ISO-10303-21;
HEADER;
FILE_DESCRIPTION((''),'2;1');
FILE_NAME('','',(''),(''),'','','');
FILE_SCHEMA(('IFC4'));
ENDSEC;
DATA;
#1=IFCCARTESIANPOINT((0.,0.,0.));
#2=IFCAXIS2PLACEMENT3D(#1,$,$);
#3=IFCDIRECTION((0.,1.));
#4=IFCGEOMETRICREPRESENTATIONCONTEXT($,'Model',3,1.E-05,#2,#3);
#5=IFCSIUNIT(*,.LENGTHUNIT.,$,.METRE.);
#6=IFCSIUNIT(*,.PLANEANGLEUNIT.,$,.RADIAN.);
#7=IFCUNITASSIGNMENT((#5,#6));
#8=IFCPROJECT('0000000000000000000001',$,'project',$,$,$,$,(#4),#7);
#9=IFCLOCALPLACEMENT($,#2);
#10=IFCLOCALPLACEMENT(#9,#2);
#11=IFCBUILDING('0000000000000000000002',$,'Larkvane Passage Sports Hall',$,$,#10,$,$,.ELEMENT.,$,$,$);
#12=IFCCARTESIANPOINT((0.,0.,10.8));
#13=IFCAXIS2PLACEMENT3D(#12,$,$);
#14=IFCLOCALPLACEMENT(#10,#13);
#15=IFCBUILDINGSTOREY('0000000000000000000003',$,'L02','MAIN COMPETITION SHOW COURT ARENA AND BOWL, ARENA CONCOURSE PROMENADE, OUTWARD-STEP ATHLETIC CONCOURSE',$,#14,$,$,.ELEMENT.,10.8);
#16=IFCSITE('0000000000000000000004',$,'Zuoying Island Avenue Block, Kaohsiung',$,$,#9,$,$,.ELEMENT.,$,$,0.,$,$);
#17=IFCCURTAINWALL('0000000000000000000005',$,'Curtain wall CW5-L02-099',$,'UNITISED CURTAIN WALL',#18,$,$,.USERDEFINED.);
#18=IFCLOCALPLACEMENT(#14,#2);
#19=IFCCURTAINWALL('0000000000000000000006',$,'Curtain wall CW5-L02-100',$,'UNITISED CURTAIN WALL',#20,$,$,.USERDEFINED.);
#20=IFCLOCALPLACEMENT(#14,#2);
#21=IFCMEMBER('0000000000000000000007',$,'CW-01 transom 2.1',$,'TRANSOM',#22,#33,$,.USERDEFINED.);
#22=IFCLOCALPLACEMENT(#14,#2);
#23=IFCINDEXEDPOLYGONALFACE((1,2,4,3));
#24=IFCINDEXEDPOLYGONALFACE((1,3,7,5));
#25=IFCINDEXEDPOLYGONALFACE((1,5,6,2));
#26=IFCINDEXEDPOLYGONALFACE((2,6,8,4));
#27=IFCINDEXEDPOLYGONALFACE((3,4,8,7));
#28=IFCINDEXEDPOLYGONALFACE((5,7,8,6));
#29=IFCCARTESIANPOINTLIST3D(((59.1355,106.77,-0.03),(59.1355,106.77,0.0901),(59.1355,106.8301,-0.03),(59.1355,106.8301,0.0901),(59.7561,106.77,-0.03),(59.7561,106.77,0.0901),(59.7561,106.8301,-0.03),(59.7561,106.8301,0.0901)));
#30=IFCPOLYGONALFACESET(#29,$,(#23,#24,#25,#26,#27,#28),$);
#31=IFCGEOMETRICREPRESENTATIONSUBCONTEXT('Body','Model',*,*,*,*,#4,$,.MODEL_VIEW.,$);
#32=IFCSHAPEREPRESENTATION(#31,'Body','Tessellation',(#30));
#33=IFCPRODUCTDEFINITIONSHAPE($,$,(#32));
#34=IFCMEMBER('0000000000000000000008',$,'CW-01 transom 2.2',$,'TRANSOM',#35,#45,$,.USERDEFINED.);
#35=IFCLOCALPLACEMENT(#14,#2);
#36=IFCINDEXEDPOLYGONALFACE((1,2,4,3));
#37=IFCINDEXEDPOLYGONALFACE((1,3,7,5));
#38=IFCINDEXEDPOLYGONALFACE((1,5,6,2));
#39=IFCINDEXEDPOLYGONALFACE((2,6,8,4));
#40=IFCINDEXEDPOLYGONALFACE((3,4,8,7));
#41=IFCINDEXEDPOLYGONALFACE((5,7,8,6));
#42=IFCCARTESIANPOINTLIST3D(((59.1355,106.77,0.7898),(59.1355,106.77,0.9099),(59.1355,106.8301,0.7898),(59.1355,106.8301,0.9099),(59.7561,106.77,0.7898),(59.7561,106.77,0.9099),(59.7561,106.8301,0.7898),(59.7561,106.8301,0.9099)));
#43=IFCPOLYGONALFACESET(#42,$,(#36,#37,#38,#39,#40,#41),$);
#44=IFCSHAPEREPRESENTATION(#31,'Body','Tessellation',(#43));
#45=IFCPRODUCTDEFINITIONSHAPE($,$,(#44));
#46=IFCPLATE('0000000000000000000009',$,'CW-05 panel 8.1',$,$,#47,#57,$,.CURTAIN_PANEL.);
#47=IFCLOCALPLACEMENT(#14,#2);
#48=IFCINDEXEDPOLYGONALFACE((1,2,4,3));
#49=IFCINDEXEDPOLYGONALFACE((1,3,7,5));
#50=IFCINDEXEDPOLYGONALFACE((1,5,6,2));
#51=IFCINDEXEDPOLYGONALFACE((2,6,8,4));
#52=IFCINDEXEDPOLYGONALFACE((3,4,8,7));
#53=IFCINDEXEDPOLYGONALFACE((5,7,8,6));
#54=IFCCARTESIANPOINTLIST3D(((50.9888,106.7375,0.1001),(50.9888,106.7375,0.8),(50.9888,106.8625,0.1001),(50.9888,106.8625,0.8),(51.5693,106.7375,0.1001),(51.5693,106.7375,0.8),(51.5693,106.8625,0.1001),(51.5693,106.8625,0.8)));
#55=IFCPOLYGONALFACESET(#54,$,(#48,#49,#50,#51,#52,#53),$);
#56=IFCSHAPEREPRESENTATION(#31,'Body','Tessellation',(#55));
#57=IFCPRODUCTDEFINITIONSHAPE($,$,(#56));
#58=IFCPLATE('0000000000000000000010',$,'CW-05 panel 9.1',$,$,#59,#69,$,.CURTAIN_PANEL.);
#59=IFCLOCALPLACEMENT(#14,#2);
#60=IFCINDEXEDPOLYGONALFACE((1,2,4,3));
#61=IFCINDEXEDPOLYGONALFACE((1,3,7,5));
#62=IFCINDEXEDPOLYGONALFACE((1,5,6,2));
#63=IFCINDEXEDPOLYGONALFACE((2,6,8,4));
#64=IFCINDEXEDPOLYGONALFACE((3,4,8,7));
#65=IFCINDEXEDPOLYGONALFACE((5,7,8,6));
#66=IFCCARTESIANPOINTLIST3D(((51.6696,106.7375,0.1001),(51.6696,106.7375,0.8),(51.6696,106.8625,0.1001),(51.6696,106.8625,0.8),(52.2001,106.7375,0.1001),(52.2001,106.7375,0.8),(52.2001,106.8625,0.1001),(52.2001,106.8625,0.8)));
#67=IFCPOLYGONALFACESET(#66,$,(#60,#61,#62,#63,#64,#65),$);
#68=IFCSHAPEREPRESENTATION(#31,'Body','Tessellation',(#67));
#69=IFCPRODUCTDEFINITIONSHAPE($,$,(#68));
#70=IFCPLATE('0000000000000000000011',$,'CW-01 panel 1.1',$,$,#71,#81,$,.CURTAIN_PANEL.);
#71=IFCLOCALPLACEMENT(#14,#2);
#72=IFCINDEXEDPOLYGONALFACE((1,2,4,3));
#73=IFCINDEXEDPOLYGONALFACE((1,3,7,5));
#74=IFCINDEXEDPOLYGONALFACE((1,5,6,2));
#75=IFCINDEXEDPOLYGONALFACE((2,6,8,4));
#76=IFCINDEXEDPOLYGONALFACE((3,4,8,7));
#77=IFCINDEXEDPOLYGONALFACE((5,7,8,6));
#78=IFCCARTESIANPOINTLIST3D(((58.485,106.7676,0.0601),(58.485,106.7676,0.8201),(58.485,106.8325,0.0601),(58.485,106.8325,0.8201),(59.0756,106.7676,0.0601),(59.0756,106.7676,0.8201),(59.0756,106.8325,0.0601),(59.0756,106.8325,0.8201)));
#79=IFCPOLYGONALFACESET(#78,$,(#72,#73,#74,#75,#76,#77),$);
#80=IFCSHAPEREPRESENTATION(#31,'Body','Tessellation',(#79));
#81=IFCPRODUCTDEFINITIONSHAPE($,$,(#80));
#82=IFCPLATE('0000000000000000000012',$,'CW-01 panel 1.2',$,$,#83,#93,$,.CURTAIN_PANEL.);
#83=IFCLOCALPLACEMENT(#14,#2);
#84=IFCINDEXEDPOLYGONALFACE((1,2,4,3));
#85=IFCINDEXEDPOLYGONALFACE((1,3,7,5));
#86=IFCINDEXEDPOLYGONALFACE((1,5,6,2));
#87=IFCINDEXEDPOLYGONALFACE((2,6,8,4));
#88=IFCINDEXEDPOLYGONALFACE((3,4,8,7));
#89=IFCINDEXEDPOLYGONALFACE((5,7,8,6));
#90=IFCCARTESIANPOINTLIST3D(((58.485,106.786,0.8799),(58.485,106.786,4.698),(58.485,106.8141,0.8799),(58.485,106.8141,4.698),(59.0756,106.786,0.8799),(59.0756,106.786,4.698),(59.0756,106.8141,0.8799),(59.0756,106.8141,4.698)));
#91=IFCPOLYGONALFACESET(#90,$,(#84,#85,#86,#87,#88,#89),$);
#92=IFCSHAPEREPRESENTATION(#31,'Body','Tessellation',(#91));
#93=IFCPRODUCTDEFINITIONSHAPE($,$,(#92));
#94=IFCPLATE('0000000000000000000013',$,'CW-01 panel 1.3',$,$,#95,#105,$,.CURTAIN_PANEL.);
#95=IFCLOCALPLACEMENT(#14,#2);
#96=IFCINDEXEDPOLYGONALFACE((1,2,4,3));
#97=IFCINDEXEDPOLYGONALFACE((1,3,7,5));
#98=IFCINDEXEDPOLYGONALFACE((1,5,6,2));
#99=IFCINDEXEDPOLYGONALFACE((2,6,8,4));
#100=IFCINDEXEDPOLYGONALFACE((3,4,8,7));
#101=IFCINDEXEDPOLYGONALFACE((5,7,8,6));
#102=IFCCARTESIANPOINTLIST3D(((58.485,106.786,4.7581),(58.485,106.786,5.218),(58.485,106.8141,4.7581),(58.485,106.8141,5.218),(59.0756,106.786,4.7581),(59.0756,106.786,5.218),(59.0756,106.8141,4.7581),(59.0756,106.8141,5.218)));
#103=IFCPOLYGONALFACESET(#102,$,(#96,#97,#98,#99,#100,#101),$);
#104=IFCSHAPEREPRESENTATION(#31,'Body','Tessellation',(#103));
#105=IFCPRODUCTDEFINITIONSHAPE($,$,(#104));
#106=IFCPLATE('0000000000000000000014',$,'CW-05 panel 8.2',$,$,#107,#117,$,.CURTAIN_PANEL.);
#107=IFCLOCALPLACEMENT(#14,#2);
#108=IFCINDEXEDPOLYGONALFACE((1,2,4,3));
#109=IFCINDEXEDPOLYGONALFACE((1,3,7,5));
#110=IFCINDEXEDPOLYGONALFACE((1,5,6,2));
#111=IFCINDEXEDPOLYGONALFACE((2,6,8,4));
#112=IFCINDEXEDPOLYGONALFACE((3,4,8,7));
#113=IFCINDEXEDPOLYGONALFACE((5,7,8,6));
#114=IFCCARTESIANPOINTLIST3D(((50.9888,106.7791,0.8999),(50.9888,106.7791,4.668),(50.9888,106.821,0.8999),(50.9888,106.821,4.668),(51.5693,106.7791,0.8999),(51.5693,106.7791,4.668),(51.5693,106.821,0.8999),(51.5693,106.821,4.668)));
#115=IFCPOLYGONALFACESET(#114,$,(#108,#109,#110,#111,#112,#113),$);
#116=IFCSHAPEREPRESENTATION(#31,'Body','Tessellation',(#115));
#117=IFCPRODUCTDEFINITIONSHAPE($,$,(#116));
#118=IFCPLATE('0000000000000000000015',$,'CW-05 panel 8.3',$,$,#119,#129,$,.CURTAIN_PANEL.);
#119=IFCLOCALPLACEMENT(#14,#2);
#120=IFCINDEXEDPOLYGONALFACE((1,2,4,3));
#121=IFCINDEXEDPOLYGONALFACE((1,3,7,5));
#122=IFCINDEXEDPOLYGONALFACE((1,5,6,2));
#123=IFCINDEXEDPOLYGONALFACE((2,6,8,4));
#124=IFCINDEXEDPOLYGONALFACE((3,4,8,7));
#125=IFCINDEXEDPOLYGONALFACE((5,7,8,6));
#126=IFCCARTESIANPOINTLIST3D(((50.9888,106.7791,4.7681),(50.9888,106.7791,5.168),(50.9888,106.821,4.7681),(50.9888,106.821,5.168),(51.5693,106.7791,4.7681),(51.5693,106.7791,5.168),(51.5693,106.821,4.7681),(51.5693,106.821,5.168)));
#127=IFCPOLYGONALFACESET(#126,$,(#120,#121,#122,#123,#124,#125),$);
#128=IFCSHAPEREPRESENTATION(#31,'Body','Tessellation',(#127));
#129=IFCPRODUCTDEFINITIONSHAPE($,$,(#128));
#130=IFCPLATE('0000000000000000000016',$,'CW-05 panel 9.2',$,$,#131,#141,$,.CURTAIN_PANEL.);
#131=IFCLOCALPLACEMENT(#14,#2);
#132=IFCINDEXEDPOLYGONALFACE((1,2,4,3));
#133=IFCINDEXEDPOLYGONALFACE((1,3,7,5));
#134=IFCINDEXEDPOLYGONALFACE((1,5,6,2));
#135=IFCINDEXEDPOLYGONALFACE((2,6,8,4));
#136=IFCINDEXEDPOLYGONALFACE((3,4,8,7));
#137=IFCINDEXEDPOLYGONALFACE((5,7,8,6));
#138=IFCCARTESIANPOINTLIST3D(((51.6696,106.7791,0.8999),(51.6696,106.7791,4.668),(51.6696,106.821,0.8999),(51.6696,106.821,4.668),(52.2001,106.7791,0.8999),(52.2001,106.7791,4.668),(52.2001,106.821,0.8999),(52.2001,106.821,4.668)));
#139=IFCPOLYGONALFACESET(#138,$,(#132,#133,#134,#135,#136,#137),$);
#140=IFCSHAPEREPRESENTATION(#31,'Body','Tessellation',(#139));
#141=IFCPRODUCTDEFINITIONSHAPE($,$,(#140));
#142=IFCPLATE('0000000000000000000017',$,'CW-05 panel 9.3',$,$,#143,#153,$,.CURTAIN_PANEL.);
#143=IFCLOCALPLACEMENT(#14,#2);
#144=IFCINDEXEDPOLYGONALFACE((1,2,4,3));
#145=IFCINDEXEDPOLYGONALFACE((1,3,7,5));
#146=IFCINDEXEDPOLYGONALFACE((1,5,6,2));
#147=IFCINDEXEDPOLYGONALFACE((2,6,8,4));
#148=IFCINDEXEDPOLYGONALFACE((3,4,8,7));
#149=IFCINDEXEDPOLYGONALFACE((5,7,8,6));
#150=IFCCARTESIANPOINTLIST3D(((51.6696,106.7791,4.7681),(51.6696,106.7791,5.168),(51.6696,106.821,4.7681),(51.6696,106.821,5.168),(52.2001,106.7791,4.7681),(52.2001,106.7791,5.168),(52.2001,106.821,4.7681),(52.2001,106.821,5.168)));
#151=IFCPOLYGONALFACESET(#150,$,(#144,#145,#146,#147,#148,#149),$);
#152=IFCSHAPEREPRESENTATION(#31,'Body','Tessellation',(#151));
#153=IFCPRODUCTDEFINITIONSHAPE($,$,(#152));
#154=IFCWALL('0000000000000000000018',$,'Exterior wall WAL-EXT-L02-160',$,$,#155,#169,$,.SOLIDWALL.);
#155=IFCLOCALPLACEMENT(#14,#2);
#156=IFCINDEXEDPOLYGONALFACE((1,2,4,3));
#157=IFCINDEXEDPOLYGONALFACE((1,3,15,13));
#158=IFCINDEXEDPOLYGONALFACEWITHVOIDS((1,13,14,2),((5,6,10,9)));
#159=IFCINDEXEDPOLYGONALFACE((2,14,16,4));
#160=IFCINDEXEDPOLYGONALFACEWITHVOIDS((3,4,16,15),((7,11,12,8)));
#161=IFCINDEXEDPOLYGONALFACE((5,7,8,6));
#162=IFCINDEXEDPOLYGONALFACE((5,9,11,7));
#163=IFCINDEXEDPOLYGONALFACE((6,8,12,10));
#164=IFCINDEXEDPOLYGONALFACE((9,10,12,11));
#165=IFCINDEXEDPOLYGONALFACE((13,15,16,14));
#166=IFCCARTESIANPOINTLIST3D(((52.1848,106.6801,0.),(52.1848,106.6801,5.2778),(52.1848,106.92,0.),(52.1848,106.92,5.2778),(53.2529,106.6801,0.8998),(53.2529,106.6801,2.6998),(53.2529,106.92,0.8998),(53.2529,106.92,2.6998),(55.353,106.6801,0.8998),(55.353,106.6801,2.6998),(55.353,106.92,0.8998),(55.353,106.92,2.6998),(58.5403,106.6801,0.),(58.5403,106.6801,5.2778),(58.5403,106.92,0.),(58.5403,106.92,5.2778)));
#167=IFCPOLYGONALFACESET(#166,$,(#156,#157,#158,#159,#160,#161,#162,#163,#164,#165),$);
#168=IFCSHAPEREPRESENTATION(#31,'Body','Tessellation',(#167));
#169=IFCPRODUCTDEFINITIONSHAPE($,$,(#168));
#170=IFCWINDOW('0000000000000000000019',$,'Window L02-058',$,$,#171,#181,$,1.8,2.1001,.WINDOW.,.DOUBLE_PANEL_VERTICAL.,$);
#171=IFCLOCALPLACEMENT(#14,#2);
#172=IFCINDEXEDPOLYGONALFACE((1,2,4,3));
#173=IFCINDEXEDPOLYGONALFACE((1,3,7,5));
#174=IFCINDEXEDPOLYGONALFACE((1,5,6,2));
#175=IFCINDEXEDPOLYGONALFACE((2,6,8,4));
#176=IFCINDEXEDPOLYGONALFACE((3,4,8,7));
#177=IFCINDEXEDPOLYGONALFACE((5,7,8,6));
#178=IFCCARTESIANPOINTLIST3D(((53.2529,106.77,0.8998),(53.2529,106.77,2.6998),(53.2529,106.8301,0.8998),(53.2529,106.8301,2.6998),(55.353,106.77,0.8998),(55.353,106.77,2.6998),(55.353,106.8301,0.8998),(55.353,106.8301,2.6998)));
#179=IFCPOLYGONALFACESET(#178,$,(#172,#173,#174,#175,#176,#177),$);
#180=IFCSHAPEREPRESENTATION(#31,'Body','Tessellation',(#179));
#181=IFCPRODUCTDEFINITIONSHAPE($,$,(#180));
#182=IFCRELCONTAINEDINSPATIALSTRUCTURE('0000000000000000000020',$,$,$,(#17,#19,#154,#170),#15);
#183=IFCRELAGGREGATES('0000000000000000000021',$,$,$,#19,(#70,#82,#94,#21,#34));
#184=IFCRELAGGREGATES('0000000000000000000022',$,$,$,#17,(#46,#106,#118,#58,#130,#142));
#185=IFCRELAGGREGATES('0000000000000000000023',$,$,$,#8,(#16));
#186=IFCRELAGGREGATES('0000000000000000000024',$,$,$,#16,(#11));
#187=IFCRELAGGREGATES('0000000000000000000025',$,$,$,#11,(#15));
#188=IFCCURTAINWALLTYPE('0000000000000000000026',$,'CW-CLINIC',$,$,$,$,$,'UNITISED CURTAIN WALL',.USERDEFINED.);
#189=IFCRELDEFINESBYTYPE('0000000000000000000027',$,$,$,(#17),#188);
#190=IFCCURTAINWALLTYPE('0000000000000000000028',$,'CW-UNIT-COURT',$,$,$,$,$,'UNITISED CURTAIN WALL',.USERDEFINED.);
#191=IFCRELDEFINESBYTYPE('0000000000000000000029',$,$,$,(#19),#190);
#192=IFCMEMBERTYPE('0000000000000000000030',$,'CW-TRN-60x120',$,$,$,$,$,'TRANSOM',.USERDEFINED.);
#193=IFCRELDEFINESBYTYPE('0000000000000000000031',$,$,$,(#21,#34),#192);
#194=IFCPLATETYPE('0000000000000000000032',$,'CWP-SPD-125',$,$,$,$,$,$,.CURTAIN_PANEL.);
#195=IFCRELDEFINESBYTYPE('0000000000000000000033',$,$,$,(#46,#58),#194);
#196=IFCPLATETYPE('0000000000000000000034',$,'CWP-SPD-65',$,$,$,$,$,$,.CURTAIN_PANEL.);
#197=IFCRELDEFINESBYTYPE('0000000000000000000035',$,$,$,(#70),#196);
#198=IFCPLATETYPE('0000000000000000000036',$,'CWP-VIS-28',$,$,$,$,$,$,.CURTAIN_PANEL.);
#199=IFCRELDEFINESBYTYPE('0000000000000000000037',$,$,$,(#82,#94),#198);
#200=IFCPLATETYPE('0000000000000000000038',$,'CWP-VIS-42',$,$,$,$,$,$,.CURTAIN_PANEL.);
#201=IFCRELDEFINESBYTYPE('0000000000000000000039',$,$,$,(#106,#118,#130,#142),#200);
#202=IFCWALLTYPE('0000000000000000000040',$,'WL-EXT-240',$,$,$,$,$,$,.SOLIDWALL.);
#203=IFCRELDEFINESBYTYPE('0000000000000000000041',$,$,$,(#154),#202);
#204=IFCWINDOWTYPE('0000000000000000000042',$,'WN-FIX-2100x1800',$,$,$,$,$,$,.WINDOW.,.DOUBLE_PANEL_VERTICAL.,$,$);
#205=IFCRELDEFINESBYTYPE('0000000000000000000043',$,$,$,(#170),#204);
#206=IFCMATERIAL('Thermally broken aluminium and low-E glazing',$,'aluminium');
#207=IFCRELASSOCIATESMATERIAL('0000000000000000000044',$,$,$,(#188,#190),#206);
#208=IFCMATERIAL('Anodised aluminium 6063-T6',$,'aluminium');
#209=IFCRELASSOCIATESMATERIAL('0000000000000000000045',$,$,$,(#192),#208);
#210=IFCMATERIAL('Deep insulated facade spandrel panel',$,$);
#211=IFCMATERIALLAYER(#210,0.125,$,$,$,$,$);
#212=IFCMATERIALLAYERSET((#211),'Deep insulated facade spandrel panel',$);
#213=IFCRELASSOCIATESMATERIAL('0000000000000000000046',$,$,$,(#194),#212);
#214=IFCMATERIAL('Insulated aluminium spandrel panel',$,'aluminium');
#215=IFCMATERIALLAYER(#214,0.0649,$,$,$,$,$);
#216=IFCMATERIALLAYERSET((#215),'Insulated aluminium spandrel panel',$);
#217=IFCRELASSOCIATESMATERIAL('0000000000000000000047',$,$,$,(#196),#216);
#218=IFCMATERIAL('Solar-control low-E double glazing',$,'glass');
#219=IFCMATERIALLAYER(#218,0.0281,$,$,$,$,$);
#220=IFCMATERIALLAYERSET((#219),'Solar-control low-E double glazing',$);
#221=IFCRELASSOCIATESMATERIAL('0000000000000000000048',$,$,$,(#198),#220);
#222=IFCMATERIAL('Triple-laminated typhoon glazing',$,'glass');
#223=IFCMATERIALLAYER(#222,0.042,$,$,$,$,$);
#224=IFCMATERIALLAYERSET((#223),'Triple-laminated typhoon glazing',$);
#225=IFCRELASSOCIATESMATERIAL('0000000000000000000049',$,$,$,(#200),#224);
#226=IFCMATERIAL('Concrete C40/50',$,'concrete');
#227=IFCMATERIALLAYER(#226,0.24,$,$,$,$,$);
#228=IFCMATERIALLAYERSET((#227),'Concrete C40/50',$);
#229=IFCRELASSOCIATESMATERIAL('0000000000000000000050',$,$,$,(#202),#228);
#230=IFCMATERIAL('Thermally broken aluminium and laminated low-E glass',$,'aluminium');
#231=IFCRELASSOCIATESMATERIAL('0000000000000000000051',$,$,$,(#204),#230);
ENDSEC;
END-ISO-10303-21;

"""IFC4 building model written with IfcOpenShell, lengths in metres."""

from ifc_helpers import new_model, si_unit, direction, frame, frame_2d, origin, origin_2d, place, context, subcontext, project, spatial, rectangle, extrude, material, layer, layer_set, material_profile, profile_set, type_object, element, fill, aggregate, save


model = new_model("IFC4")

# Units and contexts
model_context = context("Model", 3, precision=1e-05, world=origin(), true_north=direction((0.0, 1.0)))
body_context = subcontext(model_context, "Body", "Model", "MODEL_VIEW")
ifc_project = project(units=[si_unit("LENGTHUNIT", "METRE"), si_unit("PLANEANGLEUNIT", "RADIAN")], contexts=[model_context])

# Site, building, storey
site_placement = place(None, origin())
site = spatial("IfcSite", under=ifc_project, at=site_placement, Name="Zuoying Island Avenue Block, Kaohsiung", CompositionType="ELEMENT", RefElevation=0.0)
building_placement = place(site_placement, origin())
building = spatial("IfcBuilding", under=site, at=building_placement, Name="Larkvane Passage Sports Hall", CompositionType="ELEMENT")
storey_placement = place(building_placement, frame((0.0, 0.0, 10.8)))
storey = spatial("IfcBuildingStorey", under=building, at=storey_placement, Name="L02", Description="MAIN COMPETITION SHOW COURT ARENA AND BOWL, ARENA CONCOURSE PROMENADE, OUTWARD-STEP ATHLETIC CONCOURSE", CompositionType="ELEMENT", Elevation=10.8)

# Curtain walls
ifc_material_1 = material(Name="Thermally broken aluminium and low-E glazing", Category="aluminium")
curtain_wall_type_1 = type_object("IfcCurtainWallType", Name="CW-CLINIC", ElementType="UNITISED CURTAIN WALL", PredefinedType="USERDEFINED", material=ifc_material_1)
curtain_wall_1_placement = place(storey_placement, origin())
curtain_wall_1 = element("IfcCurtainWall", 1, at=curtain_wall_1_placement, inside=storey, type_object=curtain_wall_type_1, Name="Curtain wall CW5-L02-099", ObjectType="UNITISED CURTAIN WALL", PredefinedType="USERDEFINED")
ifc_material_2 = material(Name="Anodised aluminium 6063-T6", Category="aluminium")
curtain_wall_type_2 = type_object("IfcCurtainWallType", Name="CW-UNIT-COURT", ElementType="UNITISED CURTAIN WALL", PredefinedType="USERDEFINED", material=ifc_material_1)
curtain_wall_2_placement = place(storey_placement, origin())
curtain_wall_2 = element("IfcCurtainWall", 2, at=curtain_wall_2_placement, inside=storey, type_object=curtain_wall_type_2, Name="Curtain wall CW5-L02-100", ObjectType="UNITISED CURTAIN WALL", PredefinedType="USERDEFINED")

# Members
ifc_material_profile_1 = material_profile(ifc_material_2, rectangle(XDim=0.0601, YDim=0.1201, at=origin_2d()), Name="ALU-TRN-60x120")
ifc_profile_set_1 = profile_set([ifc_material_profile_1], Name="Anodised aluminium 6063-T6")
member_type_1 = type_object("IfcMemberType", Name="CW-TRN-60x120", ElementType="TRANSOM", PredefinedType="USERDEFINED", material=ifc_profile_set_1)
member_1_placement = place(storey_placement, frame((59.1355, 106.8, 0.03), z_axis=(1.0, 0.0, 0.0), x_axis=(0.0, 1.0, 0.0)))
member_1 = element("IfcMember", 3, at=member_1_placement, type_object=member_type_1, Name="CW-01 transom 2.1", ObjectType="TRANSOM", PredefinedType="USERDEFINED", context=body_context, shape_type="SweptSolid", body=[
    extrude(rectangle(XDim=0.0601, YDim=0.1201, at=origin_2d()), origin(), (0.0, 0.0, 1.0), 0.6206),
])
member_2_placement = place(storey_placement, frame((59.1355, 106.8, 0.8499), z_axis=(1.0, 0.0, 0.0), x_axis=(0.0, 1.0, 0.0)))
member_2 = element("IfcMember", 4, at=member_2_placement, type_object=member_type_1, Name="CW-01 transom 2.2", ObjectType="TRANSOM", PredefinedType="USERDEFINED", context=body_context, shape_type="SweptSolid", body=[
    extrude(rectangle(XDim=0.0601, YDim=0.1201, at=origin_2d()), origin(), (0.0, 0.0, 1.0), 0.6206),
])

# Plates
ifc_material_3 = material(Name="Deep insulated facade spandrel panel")
ifc_layer_1 = layer(ifc_material_3, 0.125)
ifc_layer_set_1 = layer_set([ifc_layer_1], Name="Deep insulated facade spandrel panel")
plate_type_1 = type_object("IfcPlateType", Name="CWP-SPD-125", PredefinedType="CURTAIN_PANEL", material=ifc_layer_set_1)
plate_1_placement = place(storey_placement, frame((51.2791, 106.8, 0.1001), z_axis=(0.0, 0.0, 1.0), x_axis=(1.0, 0.0, 0.0)))
plate_1 = element("IfcPlate", 5, at=plate_1_placement, type_object=plate_type_1, Name="CW-05 panel 8.1", PredefinedType="CURTAIN_PANEL", context=body_context, shape_type="SweptSolid", body=[
    extrude(rectangle(XDim=0.5806, YDim=0.125, at=origin_2d()), origin(), (0.0, 0.0, 1.0), 0.7),
])
plate_2_placement = place(storey_placement, frame((51.9348, 106.8, 0.1001), z_axis=(0.0, 0.0, 1.0), x_axis=(1.0, 0.0, 0.0)))
plate_2 = element("IfcPlate", 6, at=plate_2_placement, type_object=plate_type_1, Name="CW-05 panel 9.1", PredefinedType="CURTAIN_PANEL", context=body_context, shape_type="SweptSolid", body=[
    extrude(rectangle(XDim=0.5305, YDim=0.125, at=origin_2d()), origin(), (0.0, 0.0, 1.0), 0.7),
])
ifc_material_4 = material(Name="Insulated aluminium spandrel panel", Category="aluminium")
ifc_layer_2 = layer(ifc_material_4, 0.0649)
ifc_layer_set_2 = layer_set([ifc_layer_2], Name="Insulated aluminium spandrel panel")
plate_type_2 = type_object("IfcPlateType", Name="CWP-SPD-65", PredefinedType="CURTAIN_PANEL", material=ifc_layer_set_2)
plate_3_placement = place(storey_placement, frame((58.7803, 106.8, 0.0601), z_axis=(0.0, 0.0, 1.0), x_axis=(1.0, 0.0, 0.0)))
plate_3 = element("IfcPlate", 7, at=plate_3_placement, type_object=plate_type_2, Name="CW-01 panel 1.1", PredefinedType="CURTAIN_PANEL", context=body_context, shape_type="SweptSolid", body=[
    extrude(rectangle(XDim=0.5906, YDim=0.0649, at=origin_2d()), origin(), (0.0, 0.0, 1.0), 0.76),
])
ifc_material_5 = material(Name="Solar-control low-E double glazing", Category="glass")
ifc_layer_3 = layer(ifc_material_5, 0.0281)
ifc_layer_set_3 = layer_set([ifc_layer_3], Name="Solar-control low-E double glazing")
plate_type_3 = type_object("IfcPlateType", Name="CWP-VIS-28", PredefinedType="CURTAIN_PANEL", material=ifc_layer_set_3)
plate_4_placement = place(storey_placement, frame((58.7803, 106.8, 0.8799), z_axis=(0.0, 0.0, 1.0), x_axis=(1.0, 0.0, 0.0)))
plate_4 = element("IfcPlate", 8, at=plate_4_placement, type_object=plate_type_3, Name="CW-01 panel 1.2", PredefinedType="CURTAIN_PANEL", context=body_context, shape_type="SweptSolid", body=[
    extrude(rectangle(XDim=0.5906, YDim=0.0281, at=origin_2d()), origin(), (0.0, 0.0, 1.0), 3.8181),
])
plate_5_placement = place(storey_placement, frame((58.7803, 106.8, 4.7581), z_axis=(0.0, 0.0, 1.0), x_axis=(1.0, 0.0, 0.0)))
plate_5 = element("IfcPlate", 9, at=plate_5_placement, type_object=plate_type_3, Name="CW-01 panel 1.3", PredefinedType="CURTAIN_PANEL", context=body_context, shape_type="SweptSolid", body=[
    extrude(rectangle(XDim=0.5906, YDim=0.0281, at=origin_2d()), origin(), (0.0, 0.0, 1.0), 0.46),
])
aggregate(curtain_wall_2, [plate_3, plate_4, plate_5, member_1, member_2])
ifc_material_6 = material(Name="Triple-laminated typhoon glazing", Category="glass")
ifc_layer_4 = layer(ifc_material_6, 0.042)
ifc_layer_set_4 = layer_set([ifc_layer_4], Name="Triple-laminated typhoon glazing")
plate_type_4 = type_object("IfcPlateType", Name="CWP-VIS-42", PredefinedType="CURTAIN_PANEL", material=ifc_layer_set_4)
plate_6_placement = place(storey_placement, frame((51.2791, 106.8, 0.8999), z_axis=(0.0, 0.0, 1.0), x_axis=(1.0, 0.0, 0.0)))
plate_6 = element("IfcPlate", 10, at=plate_6_placement, type_object=plate_type_4, Name="CW-05 panel 8.2", PredefinedType="CURTAIN_PANEL", context=body_context, shape_type="SweptSolid", body=[
    extrude(rectangle(XDim=0.5806, YDim=0.042, at=origin_2d()), origin(), (0.0, 0.0, 1.0), 3.7681),
])
plate_7_placement = place(storey_placement, frame((51.2791, 106.8, 4.7681), z_axis=(0.0, 0.0, 1.0), x_axis=(1.0, 0.0, 0.0)))
plate_7 = element("IfcPlate", 11, at=plate_7_placement, type_object=plate_type_4, Name="CW-05 panel 8.3", PredefinedType="CURTAIN_PANEL", context=body_context, shape_type="SweptSolid", body=[
    extrude(rectangle(XDim=0.5806, YDim=0.042, at=origin_2d()), origin(), (0.0, 0.0, 1.0), 0.3999),
])
plate_8_placement = place(storey_placement, frame((51.9348, 106.8, 0.8999), z_axis=(0.0, 0.0, 1.0), x_axis=(1.0, 0.0, 0.0)))
plate_8 = element("IfcPlate", 12, at=plate_8_placement, type_object=plate_type_4, Name="CW-05 panel 9.2", PredefinedType="CURTAIN_PANEL", context=body_context, shape_type="SweptSolid", body=[
    extrude(rectangle(XDim=0.5305, YDim=0.042, at=origin_2d()), origin(), (0.0, 0.0, 1.0), 3.7681),
])
plate_9_placement = place(storey_placement, frame((51.9348, 106.8, 4.7681), z_axis=(0.0, 0.0, 1.0), x_axis=(1.0, 0.0, 0.0)))
plate_9 = element("IfcPlate", 13, at=plate_9_placement, type_object=plate_type_4, Name="CW-05 panel 9.3", PredefinedType="CURTAIN_PANEL", context=body_context, shape_type="SweptSolid", body=[
    extrude(rectangle(XDim=0.5305, YDim=0.042, at=origin_2d()), origin(), (0.0, 0.0, 1.0), 0.3999),
])
aggregate(curtain_wall_1, [plate_1, plate_6, plate_7, plate_2, plate_8, plate_9])

# Wall, opening, window
ifc_material_7 = material(Name="Concrete C40/50", Category="concrete")
ifc_layer_5 = layer(ifc_material_7, 0.24)
ifc_layer_set_5 = layer_set([ifc_layer_5], Name="Concrete C40/50")
wall_type = type_object("IfcWallType", Name="WL-EXT-240", PredefinedType="SOLIDWALL", material=ifc_layer_set_5)
wall_placement = place(storey_placement, frame((52.1848, 106.8, 0.0), z_axis=(0.0, 0.0, 1.0), x_axis=(1.0, 0.0, 0.0)))
wall = element("IfcWall", 14, at=wall_placement, inside=storey, type_object=wall_type, Name="Exterior wall WAL-EXT-L02-160", PredefinedType="SOLIDWALL", context=body_context, shape_type="SweptSolid", body=[
    extrude(rectangle(XDim=6.3555, YDim=0.24, at=frame_2d((3.1777, 0.0))), origin(), (0.0, 0.0, 1.0), 5.2778),
])
opening_placement = place(wall_placement, frame((1.0681, 0.0, 0.8999)))
opening = element("IfcOpeningElement", 15, at=opening_placement, cuts=wall, PredefinedType="OPENING", context=body_context, shape_type="SweptSolid", body=[
    extrude(rectangle(XDim=2.1001, YDim=1.8, at=frame_2d((1.05, 0.8999))), frame((0.0, 0.1299, 0.0), z_axis=(0.0, -1.0, 0.0), x_axis=(1.0, 0.0, 0.0)), (0.0, 0.0, 1.0), 0.26),
])
ifc_material_8 = material(Name="Thermally broken aluminium and laminated low-E glass", Category="aluminium")
window_type = type_object("IfcWindowType", Name="WN-FIX-2100x1800", PartitioningType="DOUBLE_PANEL_VERTICAL", PredefinedType="WINDOW", material=ifc_material_8)
window_placement = place(opening_placement, origin())
window = element("IfcWindow", 16, at=window_placement, inside=storey, type_object=window_type, Name="Window L02-058", OverallHeight=1.8, OverallWidth=2.1001, PartitioningType="DOUBLE_PANEL_VERTICAL", PredefinedType="WINDOW", context=body_context, shape_type="SweptSolid", body=[
    extrude(rectangle(XDim=2.1001, YDim=1.8, at=frame_2d((1.05, 0.8999))), frame((0.0, 0.03, 0.0), z_axis=(0.0, -1.0, 0.0), x_axis=(1.0, 0.0, 0.0)), (0.0, 0.0, 1.0), 0.0601),
])
fill(opening, window)

save(model, "model.ifc")
